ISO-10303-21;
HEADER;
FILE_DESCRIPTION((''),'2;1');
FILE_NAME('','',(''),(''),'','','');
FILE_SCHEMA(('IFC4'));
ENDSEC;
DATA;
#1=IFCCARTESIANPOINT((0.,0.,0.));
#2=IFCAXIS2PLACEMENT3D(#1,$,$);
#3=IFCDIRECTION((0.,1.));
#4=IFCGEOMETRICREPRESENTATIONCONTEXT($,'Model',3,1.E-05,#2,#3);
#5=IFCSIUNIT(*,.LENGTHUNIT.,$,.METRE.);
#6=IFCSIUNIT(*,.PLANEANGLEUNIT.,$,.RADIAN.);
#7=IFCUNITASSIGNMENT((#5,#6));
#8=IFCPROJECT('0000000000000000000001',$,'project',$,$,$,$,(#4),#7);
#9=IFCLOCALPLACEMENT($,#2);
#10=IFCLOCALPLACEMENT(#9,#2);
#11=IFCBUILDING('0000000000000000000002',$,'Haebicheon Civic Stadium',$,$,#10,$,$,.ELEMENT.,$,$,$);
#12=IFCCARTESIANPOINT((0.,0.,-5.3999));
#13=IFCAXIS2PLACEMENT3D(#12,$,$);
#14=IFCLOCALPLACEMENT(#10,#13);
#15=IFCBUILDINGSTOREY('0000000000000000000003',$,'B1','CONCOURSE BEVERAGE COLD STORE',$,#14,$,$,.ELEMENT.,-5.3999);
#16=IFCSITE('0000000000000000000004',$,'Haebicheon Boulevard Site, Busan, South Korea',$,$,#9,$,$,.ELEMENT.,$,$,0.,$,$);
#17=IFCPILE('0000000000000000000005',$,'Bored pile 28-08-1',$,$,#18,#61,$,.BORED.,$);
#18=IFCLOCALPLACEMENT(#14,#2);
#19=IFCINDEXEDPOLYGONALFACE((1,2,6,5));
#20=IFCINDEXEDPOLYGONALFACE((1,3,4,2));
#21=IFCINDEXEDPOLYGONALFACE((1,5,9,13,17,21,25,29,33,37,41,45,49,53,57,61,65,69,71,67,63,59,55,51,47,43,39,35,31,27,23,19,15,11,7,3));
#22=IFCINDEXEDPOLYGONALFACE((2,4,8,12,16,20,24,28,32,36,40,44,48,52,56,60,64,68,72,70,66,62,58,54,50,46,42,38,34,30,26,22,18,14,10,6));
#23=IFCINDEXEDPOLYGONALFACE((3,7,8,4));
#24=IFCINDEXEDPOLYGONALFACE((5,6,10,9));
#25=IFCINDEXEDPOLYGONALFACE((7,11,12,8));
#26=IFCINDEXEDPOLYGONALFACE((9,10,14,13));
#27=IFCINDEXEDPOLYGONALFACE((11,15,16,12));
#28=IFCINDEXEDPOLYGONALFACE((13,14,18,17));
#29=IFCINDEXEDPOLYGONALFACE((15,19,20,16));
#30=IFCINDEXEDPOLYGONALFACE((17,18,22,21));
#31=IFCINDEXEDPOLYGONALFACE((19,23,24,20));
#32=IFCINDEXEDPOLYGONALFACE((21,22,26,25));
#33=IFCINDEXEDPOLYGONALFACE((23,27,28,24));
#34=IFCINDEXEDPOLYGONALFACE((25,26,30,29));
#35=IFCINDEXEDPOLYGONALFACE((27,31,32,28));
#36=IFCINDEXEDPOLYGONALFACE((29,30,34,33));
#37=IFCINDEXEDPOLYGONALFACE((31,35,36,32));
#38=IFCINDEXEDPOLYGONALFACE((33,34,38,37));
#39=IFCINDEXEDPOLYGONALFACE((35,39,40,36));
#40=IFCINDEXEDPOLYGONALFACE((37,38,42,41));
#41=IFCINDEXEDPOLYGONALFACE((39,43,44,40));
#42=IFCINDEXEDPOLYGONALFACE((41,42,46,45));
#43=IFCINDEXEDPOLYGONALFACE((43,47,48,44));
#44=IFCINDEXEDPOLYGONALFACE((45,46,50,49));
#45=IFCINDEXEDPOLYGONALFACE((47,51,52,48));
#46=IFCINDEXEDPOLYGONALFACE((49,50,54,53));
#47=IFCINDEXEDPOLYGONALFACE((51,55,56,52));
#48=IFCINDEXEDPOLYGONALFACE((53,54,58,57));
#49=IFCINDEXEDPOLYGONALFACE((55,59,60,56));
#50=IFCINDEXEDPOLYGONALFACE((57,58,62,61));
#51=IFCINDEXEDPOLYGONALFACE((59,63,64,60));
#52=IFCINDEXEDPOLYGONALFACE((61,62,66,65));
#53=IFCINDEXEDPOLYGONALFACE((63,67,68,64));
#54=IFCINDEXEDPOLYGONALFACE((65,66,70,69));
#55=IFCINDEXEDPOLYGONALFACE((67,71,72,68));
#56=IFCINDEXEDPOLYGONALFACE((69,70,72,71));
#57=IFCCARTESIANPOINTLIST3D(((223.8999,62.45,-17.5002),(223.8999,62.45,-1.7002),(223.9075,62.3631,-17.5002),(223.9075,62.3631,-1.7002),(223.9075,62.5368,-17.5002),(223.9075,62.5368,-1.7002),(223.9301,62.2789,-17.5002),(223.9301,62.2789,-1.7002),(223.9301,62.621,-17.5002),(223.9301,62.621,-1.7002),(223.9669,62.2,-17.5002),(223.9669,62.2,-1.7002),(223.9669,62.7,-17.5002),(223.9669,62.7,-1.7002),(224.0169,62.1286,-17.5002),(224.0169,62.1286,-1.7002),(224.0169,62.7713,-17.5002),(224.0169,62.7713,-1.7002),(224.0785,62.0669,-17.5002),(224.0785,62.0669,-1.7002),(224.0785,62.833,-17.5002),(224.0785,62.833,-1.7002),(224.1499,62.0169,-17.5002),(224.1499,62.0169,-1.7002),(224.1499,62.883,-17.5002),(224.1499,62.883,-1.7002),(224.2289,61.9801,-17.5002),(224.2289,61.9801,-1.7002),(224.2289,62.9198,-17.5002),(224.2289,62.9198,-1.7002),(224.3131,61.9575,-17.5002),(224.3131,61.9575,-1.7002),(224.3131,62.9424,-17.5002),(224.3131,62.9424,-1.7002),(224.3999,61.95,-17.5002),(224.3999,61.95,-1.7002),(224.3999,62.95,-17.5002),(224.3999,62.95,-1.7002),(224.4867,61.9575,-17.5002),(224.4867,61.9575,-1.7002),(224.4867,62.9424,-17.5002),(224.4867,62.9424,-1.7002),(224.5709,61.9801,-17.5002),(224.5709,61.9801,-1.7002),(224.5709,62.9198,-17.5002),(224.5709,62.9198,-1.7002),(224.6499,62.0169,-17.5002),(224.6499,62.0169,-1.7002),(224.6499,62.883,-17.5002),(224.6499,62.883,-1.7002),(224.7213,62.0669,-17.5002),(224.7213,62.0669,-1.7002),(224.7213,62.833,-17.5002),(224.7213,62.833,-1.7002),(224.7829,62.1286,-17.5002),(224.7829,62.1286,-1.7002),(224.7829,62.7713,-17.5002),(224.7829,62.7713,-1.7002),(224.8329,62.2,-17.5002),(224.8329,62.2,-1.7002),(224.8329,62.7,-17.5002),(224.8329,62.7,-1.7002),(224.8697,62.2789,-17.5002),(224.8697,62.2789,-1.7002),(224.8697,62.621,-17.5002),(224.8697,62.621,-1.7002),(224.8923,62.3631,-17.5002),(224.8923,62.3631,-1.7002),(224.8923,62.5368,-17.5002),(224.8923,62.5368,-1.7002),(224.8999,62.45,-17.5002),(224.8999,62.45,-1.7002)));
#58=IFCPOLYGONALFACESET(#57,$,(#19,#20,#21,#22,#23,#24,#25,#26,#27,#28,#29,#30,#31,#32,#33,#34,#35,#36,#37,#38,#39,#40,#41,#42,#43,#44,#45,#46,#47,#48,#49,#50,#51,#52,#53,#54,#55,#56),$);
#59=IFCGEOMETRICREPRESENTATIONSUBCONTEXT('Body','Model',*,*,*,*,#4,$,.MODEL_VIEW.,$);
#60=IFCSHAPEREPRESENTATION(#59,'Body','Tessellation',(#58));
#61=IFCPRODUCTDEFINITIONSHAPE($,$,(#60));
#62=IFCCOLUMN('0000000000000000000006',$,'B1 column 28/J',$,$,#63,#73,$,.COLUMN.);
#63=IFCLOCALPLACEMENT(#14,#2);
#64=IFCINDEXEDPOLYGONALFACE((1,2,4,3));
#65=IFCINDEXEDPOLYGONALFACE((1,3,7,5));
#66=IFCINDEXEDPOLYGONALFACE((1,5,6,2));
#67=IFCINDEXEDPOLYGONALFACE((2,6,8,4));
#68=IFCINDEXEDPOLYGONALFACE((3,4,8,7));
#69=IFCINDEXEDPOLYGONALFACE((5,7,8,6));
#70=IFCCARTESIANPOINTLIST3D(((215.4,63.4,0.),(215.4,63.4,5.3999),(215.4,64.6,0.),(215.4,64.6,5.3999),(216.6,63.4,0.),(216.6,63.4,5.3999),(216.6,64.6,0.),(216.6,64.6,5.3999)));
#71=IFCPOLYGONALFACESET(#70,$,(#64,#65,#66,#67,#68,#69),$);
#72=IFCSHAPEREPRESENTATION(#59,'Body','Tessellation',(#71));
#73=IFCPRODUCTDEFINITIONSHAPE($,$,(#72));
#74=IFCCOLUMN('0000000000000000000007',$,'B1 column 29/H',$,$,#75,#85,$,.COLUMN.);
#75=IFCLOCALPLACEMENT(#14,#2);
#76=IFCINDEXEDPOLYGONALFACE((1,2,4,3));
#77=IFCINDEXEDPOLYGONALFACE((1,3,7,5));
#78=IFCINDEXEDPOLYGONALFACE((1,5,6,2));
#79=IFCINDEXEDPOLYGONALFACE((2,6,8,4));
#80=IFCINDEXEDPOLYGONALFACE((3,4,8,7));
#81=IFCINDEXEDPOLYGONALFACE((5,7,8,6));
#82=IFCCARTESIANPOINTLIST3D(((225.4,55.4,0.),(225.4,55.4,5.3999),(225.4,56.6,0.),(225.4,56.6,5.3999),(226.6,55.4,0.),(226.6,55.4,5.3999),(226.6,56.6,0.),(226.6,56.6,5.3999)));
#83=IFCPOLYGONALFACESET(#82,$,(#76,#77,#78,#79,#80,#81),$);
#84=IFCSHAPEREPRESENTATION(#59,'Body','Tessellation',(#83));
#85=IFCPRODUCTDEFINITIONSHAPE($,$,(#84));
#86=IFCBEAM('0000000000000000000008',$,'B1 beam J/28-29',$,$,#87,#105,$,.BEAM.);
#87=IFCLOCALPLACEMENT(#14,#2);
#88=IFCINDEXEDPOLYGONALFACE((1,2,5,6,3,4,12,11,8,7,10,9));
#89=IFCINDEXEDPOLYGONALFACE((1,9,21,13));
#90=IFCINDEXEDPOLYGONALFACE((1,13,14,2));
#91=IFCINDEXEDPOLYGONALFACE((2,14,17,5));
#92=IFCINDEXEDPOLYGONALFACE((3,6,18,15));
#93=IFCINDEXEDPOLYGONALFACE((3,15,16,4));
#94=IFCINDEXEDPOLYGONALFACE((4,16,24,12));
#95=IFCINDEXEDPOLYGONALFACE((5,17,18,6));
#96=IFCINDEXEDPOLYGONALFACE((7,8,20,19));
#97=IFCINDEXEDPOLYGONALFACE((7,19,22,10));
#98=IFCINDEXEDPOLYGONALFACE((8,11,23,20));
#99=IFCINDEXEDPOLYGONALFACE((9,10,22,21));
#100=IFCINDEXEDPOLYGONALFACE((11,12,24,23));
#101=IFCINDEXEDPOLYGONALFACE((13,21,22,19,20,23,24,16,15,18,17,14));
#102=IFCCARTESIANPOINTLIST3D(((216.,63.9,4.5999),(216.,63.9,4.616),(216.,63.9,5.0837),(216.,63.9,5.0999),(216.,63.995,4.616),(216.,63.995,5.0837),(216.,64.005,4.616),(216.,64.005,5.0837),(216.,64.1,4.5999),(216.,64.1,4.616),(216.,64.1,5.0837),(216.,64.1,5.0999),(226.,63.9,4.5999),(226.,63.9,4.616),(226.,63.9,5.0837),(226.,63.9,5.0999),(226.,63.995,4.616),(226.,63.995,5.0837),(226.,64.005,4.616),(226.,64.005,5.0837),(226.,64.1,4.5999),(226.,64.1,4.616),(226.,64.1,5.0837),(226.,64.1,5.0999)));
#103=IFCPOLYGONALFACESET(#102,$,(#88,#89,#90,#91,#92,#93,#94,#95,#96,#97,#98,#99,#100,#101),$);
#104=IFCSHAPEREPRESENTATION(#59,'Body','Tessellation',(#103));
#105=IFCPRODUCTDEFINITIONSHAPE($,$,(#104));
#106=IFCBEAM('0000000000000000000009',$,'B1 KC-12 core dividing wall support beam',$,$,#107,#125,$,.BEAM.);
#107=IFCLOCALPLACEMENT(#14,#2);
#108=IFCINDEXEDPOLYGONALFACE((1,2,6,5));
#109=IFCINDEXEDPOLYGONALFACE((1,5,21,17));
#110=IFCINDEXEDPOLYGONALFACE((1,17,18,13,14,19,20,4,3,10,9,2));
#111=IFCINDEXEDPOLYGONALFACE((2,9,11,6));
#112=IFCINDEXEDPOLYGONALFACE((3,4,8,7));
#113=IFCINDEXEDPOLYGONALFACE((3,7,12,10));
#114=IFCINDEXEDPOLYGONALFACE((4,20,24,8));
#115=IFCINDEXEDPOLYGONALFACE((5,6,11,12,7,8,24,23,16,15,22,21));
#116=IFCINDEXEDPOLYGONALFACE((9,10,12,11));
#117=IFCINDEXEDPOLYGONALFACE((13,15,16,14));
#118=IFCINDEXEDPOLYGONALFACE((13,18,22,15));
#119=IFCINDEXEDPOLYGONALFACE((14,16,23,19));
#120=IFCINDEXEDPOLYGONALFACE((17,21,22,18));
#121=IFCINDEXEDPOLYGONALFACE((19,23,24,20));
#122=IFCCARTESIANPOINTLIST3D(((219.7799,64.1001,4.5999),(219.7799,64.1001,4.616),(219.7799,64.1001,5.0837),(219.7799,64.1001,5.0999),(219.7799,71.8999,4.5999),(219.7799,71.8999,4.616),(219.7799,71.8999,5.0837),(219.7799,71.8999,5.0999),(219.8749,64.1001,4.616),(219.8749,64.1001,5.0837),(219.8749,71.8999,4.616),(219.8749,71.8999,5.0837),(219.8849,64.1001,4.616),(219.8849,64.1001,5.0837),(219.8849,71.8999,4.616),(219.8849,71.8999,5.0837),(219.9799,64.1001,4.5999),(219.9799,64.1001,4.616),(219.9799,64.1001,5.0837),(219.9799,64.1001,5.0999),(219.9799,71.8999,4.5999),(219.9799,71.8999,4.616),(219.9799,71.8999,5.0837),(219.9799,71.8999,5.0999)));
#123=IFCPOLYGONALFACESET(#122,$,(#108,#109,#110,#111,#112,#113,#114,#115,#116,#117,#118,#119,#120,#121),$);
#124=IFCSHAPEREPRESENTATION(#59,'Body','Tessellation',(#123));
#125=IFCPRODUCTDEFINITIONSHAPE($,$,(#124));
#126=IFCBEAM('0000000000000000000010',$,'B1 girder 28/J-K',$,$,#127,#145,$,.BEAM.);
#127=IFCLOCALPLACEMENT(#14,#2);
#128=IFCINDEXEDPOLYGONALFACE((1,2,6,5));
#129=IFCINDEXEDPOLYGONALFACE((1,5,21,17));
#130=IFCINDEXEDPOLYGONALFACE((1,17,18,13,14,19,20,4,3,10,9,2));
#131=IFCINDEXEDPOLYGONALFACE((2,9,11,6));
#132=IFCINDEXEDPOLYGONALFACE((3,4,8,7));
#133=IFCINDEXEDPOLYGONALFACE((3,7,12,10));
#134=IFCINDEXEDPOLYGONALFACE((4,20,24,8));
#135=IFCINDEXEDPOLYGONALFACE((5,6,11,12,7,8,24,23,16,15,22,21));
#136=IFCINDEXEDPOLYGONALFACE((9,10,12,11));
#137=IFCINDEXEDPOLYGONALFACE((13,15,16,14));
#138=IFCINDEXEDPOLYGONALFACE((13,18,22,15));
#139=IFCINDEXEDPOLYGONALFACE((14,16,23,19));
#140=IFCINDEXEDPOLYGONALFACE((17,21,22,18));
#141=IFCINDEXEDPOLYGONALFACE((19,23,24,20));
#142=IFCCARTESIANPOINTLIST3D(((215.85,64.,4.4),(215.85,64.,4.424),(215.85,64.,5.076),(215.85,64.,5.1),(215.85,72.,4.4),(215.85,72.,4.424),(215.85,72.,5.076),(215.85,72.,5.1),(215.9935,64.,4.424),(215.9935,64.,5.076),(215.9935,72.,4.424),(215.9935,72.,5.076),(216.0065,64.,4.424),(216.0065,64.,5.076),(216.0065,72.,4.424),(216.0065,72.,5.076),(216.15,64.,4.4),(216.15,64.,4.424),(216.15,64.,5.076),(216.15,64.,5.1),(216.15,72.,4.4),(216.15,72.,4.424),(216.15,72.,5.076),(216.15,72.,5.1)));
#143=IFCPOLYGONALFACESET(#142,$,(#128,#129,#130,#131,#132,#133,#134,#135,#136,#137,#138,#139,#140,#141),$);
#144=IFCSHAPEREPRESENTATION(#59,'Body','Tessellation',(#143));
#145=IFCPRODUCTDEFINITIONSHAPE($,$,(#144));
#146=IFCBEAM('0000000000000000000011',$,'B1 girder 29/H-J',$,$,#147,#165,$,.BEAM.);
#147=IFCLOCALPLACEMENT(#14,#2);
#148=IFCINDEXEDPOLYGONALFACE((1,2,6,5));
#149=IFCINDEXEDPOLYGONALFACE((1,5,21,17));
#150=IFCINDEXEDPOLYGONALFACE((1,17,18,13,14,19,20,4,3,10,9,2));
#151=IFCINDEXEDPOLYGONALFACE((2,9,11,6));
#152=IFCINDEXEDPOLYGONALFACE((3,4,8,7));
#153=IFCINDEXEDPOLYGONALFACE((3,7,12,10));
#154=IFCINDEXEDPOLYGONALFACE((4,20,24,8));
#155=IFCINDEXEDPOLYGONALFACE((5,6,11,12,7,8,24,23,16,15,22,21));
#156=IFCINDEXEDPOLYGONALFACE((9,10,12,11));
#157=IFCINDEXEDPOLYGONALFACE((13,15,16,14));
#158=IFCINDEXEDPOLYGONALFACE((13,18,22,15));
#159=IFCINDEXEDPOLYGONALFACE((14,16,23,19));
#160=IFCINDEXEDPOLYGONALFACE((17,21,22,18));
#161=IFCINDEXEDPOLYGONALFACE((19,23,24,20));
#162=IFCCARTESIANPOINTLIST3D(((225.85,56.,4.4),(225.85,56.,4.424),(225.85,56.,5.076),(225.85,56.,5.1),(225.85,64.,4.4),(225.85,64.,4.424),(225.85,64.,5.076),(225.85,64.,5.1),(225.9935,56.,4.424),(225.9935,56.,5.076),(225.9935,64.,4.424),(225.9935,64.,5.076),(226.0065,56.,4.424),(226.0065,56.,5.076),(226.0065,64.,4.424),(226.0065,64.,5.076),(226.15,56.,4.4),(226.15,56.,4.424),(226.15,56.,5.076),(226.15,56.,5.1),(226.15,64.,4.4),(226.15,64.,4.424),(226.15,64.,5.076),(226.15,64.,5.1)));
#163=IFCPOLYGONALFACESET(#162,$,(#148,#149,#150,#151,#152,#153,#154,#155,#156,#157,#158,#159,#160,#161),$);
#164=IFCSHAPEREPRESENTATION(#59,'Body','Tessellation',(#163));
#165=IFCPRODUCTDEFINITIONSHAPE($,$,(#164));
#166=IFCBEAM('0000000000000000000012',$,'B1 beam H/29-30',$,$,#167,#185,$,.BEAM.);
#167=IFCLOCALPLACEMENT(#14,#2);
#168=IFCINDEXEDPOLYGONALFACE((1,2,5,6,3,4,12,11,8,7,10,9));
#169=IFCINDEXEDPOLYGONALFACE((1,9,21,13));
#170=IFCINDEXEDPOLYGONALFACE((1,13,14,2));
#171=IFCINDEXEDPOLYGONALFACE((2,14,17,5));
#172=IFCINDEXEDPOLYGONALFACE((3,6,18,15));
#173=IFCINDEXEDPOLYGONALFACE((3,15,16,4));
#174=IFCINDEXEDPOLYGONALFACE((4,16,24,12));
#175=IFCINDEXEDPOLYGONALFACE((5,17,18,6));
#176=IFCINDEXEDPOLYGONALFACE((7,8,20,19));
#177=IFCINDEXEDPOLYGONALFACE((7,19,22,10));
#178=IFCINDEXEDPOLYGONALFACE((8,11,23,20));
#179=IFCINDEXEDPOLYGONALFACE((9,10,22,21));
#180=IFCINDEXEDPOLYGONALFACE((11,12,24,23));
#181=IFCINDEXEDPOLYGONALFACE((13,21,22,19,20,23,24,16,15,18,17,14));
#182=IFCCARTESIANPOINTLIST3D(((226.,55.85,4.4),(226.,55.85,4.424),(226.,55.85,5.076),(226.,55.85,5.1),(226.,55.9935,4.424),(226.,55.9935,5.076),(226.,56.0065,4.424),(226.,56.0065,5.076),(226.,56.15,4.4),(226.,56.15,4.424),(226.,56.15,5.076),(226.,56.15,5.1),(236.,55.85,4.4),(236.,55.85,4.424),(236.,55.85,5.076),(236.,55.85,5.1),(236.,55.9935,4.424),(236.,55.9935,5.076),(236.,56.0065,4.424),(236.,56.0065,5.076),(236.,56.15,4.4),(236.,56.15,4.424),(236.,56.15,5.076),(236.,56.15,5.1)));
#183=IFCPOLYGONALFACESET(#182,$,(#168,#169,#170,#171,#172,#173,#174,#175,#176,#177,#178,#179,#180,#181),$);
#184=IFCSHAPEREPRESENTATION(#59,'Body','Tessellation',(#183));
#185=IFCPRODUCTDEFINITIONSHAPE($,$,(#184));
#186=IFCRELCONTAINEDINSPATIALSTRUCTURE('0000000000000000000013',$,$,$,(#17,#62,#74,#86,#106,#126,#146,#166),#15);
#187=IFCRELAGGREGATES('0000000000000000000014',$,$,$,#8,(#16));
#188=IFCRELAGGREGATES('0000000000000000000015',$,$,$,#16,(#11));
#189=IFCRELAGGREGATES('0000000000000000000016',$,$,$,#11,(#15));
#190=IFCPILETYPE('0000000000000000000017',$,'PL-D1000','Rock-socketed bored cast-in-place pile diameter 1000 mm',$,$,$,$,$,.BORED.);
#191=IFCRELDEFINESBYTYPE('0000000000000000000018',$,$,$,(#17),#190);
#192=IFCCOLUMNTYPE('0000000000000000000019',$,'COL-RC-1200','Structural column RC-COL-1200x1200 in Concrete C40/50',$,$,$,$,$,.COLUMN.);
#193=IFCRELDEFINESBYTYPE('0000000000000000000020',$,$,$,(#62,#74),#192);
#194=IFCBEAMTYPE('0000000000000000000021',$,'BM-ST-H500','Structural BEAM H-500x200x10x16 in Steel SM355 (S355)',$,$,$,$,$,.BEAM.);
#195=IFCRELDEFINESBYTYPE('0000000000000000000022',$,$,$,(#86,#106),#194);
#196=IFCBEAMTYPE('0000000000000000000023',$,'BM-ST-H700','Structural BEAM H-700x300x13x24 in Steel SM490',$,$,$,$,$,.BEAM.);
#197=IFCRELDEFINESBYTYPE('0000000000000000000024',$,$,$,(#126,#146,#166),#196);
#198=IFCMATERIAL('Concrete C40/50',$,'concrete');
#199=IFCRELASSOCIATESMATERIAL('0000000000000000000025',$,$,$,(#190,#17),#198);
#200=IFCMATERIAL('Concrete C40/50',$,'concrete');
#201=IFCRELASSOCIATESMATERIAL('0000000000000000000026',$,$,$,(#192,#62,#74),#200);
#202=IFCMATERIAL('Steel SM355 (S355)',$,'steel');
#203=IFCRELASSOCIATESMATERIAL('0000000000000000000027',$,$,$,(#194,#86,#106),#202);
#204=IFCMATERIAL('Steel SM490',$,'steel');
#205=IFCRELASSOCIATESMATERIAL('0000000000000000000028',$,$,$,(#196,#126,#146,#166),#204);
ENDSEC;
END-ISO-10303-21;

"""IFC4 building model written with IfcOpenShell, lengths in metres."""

from ifc_helpers import new_model, si_unit, direction, frame, origin, origin_2d, place, context, subcontext, project, spatial, rectangle, circle, i_section, extrude, material, material_profile, profile_set, type_object, element, save


model = new_model("IFC4")

# Units and contexts
model_context = context("Model", 3, precision=1e-05, world=origin(), true_north=direction((0.0, 1.0)))
body_context = subcontext(model_context, "Body", "Model", "MODEL_VIEW")
ifc_project = project(units=[si_unit("LENGTHUNIT", "METRE"), si_unit("PLANEANGLEUNIT", "RADIAN")], contexts=[model_context])

# Site, building, storey
site_placement = place(None, origin())
site = spatial("IfcSite", under=ifc_project, at=site_placement, Name="Haebicheon Boulevard Site, Busan, South Korea", CompositionType="ELEMENT", RefElevation=0.0)
building_placement = place(site_placement, origin())
building = spatial("IfcBuilding", under=site, at=building_placement, Name="Haebicheon Civic Stadium", CompositionType="ELEMENT")
storey_placement = place(building_placement, frame((0.0, 0.0, -5.3999)))
storey = spatial("IfcBuildingStorey", under=building, at=storey_placement, Name="B1", Description="CONCOURSE BEVERAGE COLD STORE", CompositionType="ELEMENT", Elevation=-5.3999)

# Pile
ifc_material_1 = material(Name="Concrete C40/50", Category="concrete")
ifc_material_profile_1 = material_profile(ifc_material_1, circle(Radius=0.5, at=origin_2d()), Name="PILE-D1000")
ifc_profile_set_1 = profile_set([ifc_material_profile_1], Name="Concrete C40/50")
pile_type = type_object("IfcPileType", Name="PL-D1000", Description="Rock-socketed bored cast-in-place pile diameter 1000 mm", PredefinedType="BORED", material=ifc_profile_set_1)
for number, where, z_axis, x_axis, name in (
    (1, (224.3999, 62.45, -1.7002), (0.0, 0.0, -1.0), (1.0, 0.0, 0.0), "Bored pile 28-08-1"),
):
    element("IfcPile", number, at=place(storey_placement, frame(where, z_axis=z_axis, x_axis=x_axis)), inside=storey, type_object=pile_type, material=ifc_profile_set_1, Name=name, PredefinedType="BORED", context=body_context, shape_type="SweptSolid", body=[
        extrude(circle(Radius=0.5, at=origin_2d()), origin(), (0.0, 0.0, 1.0), 15.8),
    ])

# Columns
ifc_material_2 = material(Name="Concrete C40/50", Category="concrete")
ifc_material_profile_2 = material_profile(ifc_material_2, rectangle(XDim=1.2, YDim=1.2, at=origin_2d()), Name="RC-COL-1200x1200")
ifc_profile_set_2 = profile_set([ifc_material_profile_2], Name="Concrete C40/50")
column_type = type_object("IfcColumnType", Name="COL-RC-1200", Description="Structural column RC-COL-1200x1200 in Concrete C40/50", PredefinedType="COLUMN", material=ifc_profile_set_2)
for number, where, z_axis, x_axis, name in (
    (2, (216.0, 64.0, 0.0), (0.0, 0.0, 1.0), (1.0, 0.0, 0.0), "B1 column 28/J"),
    (3, (226.0, 56.0, 0.0), (0.0, 0.0, 1.0), (1.0, 0.0, 0.0), "B1 column 29/H"),
):
    element("IfcColumn", number, at=place(storey_placement, frame(where, z_axis=z_axis, x_axis=x_axis)), inside=storey, type_object=column_type, material=ifc_profile_set_2, Name=name, PredefinedType="COLUMN", context=body_context, shape_type="SweptSolid", body=[
        extrude(rectangle(XDim=1.2, YDim=1.2, at=origin_2d()), origin(), (0.0, 0.0, 1.0), 5.3999),
    ])

# Beams
ifc_material_3 = material(Name="Steel SM355 (S355)", Category="steel")
ifc_material_profile_3 = material_profile(ifc_material_3, i_section(OverallWidth=0.2, OverallDepth=0.5, WebThickness=0.01, FlangeThickness=0.0161, at=origin_2d()), Name="H-500x200x10x16")
ifc_profile_set_3 = profile_set([ifc_material_profile_3], Name="Steel SM355 (S355)")
beam_type_1 = type_object("IfcBeamType", Name="BM-ST-H500", Description="Structural BEAM H-500x200x10x16 in Steel SM355 (S355)", PredefinedType="BEAM", material=ifc_profile_set_3)
beam_1_placement = place(storey_placement, frame((216.0, 64.0, 4.8499), z_axis=(1.0, 0.0, 0.0), x_axis=(0.0, 1.0, 0.0)))
element("IfcBeam", 4, at=beam_1_placement, inside=storey, type_object=beam_type_1, material=ifc_profile_set_3, Name="B1 beam J/28-29", PredefinedType="BEAM", context=body_context, shape_type="SweptSolid", body=[
    extrude(i_section(OverallWidth=0.2, OverallDepth=0.5, WebThickness=0.01, FlangeThickness=0.0161, at=origin_2d()), origin(), (0.0, 0.0, 1.0), 10.0),
])
beam_2_placement = place(storey_placement, frame((219.8799, 64.1001, 4.8499), z_axis=(0.0, 1.0, 0.0), x_axis=(-1.0, 0.0, 0.0)))
element("IfcBeam", 5, at=beam_2_placement, inside=storey, type_object=beam_type_1, material=ifc_profile_set_3, Name="B1 KC-12 core dividing wall support beam", PredefinedType="BEAM", context=body_context, shape_type="SweptSolid", body=[
    extrude(i_section(OverallWidth=0.2, OverallDepth=0.5, WebThickness=0.01, FlangeThickness=0.0161, at=origin_2d()), origin(), (0.0, 0.0, 1.0), 7.7998),
])
ifc_material_4 = material(Name="Steel SM490", Category="steel")
ifc_material_profile_4 = material_profile(ifc_material_4, i_section(OverallWidth=0.3, OverallDepth=0.7, WebThickness=0.0129, FlangeThickness=0.0239, at=origin_2d()), Name="H-700x300x13x24")
ifc_profile_set_4 = profile_set([ifc_material_profile_4], Name="Steel SM490")
beam_type_2 = type_object("IfcBeamType", Name="BM-ST-H700", Description="Structural BEAM H-700x300x13x24 in Steel SM490", PredefinedType="BEAM", material=ifc_profile_set_4)
for number, where, z_axis, x_axis, name in (
    (6, (216.0, 64.0, 4.75), (0.0, 1.0, 0.0), (-1.0, 0.0, 0.0), "B1 girder 28/J-K"),
    (7, (226.0, 56.0, 4.75), (0.0, 1.0, 0.0), (-1.0, 0.0, 0.0), "B1 girder 29/H-J"),
):
    element("IfcBeam", number, at=place(storey_placement, frame(where, z_axis=z_axis, x_axis=x_axis)), inside=storey, type_object=beam_type_2, material=ifc_profile_set_4, Name=name, PredefinedType="BEAM", context=body_context, shape_type="SweptSolid", body=[
        extrude(i_section(OverallWidth=0.3, OverallDepth=0.7, WebThickness=0.0129, FlangeThickness=0.0239, at=origin_2d()), origin(), (0.0, 0.0, 1.0), 8.0),
    ])
beam_3_placement = place(storey_placement, frame((226.0, 56.0, 4.75), z_axis=(1.0, 0.0, 0.0), x_axis=(0.0, 1.0, 0.0)))
element("IfcBeam", 8, at=beam_3_placement, inside=storey, type_object=beam_type_2, material=ifc_profile_set_4, Name="B1 beam H/29-30", PredefinedType="BEAM", context=body_context, shape_type="SweptSolid", body=[
    extrude(i_section(OverallWidth=0.3, OverallDepth=0.7, WebThickness=0.0129, FlangeThickness=0.0239, at=origin_2d()), origin(), (0.0, 0.0, 1.0), 10.0),
])

save(model, "model.ifc")
